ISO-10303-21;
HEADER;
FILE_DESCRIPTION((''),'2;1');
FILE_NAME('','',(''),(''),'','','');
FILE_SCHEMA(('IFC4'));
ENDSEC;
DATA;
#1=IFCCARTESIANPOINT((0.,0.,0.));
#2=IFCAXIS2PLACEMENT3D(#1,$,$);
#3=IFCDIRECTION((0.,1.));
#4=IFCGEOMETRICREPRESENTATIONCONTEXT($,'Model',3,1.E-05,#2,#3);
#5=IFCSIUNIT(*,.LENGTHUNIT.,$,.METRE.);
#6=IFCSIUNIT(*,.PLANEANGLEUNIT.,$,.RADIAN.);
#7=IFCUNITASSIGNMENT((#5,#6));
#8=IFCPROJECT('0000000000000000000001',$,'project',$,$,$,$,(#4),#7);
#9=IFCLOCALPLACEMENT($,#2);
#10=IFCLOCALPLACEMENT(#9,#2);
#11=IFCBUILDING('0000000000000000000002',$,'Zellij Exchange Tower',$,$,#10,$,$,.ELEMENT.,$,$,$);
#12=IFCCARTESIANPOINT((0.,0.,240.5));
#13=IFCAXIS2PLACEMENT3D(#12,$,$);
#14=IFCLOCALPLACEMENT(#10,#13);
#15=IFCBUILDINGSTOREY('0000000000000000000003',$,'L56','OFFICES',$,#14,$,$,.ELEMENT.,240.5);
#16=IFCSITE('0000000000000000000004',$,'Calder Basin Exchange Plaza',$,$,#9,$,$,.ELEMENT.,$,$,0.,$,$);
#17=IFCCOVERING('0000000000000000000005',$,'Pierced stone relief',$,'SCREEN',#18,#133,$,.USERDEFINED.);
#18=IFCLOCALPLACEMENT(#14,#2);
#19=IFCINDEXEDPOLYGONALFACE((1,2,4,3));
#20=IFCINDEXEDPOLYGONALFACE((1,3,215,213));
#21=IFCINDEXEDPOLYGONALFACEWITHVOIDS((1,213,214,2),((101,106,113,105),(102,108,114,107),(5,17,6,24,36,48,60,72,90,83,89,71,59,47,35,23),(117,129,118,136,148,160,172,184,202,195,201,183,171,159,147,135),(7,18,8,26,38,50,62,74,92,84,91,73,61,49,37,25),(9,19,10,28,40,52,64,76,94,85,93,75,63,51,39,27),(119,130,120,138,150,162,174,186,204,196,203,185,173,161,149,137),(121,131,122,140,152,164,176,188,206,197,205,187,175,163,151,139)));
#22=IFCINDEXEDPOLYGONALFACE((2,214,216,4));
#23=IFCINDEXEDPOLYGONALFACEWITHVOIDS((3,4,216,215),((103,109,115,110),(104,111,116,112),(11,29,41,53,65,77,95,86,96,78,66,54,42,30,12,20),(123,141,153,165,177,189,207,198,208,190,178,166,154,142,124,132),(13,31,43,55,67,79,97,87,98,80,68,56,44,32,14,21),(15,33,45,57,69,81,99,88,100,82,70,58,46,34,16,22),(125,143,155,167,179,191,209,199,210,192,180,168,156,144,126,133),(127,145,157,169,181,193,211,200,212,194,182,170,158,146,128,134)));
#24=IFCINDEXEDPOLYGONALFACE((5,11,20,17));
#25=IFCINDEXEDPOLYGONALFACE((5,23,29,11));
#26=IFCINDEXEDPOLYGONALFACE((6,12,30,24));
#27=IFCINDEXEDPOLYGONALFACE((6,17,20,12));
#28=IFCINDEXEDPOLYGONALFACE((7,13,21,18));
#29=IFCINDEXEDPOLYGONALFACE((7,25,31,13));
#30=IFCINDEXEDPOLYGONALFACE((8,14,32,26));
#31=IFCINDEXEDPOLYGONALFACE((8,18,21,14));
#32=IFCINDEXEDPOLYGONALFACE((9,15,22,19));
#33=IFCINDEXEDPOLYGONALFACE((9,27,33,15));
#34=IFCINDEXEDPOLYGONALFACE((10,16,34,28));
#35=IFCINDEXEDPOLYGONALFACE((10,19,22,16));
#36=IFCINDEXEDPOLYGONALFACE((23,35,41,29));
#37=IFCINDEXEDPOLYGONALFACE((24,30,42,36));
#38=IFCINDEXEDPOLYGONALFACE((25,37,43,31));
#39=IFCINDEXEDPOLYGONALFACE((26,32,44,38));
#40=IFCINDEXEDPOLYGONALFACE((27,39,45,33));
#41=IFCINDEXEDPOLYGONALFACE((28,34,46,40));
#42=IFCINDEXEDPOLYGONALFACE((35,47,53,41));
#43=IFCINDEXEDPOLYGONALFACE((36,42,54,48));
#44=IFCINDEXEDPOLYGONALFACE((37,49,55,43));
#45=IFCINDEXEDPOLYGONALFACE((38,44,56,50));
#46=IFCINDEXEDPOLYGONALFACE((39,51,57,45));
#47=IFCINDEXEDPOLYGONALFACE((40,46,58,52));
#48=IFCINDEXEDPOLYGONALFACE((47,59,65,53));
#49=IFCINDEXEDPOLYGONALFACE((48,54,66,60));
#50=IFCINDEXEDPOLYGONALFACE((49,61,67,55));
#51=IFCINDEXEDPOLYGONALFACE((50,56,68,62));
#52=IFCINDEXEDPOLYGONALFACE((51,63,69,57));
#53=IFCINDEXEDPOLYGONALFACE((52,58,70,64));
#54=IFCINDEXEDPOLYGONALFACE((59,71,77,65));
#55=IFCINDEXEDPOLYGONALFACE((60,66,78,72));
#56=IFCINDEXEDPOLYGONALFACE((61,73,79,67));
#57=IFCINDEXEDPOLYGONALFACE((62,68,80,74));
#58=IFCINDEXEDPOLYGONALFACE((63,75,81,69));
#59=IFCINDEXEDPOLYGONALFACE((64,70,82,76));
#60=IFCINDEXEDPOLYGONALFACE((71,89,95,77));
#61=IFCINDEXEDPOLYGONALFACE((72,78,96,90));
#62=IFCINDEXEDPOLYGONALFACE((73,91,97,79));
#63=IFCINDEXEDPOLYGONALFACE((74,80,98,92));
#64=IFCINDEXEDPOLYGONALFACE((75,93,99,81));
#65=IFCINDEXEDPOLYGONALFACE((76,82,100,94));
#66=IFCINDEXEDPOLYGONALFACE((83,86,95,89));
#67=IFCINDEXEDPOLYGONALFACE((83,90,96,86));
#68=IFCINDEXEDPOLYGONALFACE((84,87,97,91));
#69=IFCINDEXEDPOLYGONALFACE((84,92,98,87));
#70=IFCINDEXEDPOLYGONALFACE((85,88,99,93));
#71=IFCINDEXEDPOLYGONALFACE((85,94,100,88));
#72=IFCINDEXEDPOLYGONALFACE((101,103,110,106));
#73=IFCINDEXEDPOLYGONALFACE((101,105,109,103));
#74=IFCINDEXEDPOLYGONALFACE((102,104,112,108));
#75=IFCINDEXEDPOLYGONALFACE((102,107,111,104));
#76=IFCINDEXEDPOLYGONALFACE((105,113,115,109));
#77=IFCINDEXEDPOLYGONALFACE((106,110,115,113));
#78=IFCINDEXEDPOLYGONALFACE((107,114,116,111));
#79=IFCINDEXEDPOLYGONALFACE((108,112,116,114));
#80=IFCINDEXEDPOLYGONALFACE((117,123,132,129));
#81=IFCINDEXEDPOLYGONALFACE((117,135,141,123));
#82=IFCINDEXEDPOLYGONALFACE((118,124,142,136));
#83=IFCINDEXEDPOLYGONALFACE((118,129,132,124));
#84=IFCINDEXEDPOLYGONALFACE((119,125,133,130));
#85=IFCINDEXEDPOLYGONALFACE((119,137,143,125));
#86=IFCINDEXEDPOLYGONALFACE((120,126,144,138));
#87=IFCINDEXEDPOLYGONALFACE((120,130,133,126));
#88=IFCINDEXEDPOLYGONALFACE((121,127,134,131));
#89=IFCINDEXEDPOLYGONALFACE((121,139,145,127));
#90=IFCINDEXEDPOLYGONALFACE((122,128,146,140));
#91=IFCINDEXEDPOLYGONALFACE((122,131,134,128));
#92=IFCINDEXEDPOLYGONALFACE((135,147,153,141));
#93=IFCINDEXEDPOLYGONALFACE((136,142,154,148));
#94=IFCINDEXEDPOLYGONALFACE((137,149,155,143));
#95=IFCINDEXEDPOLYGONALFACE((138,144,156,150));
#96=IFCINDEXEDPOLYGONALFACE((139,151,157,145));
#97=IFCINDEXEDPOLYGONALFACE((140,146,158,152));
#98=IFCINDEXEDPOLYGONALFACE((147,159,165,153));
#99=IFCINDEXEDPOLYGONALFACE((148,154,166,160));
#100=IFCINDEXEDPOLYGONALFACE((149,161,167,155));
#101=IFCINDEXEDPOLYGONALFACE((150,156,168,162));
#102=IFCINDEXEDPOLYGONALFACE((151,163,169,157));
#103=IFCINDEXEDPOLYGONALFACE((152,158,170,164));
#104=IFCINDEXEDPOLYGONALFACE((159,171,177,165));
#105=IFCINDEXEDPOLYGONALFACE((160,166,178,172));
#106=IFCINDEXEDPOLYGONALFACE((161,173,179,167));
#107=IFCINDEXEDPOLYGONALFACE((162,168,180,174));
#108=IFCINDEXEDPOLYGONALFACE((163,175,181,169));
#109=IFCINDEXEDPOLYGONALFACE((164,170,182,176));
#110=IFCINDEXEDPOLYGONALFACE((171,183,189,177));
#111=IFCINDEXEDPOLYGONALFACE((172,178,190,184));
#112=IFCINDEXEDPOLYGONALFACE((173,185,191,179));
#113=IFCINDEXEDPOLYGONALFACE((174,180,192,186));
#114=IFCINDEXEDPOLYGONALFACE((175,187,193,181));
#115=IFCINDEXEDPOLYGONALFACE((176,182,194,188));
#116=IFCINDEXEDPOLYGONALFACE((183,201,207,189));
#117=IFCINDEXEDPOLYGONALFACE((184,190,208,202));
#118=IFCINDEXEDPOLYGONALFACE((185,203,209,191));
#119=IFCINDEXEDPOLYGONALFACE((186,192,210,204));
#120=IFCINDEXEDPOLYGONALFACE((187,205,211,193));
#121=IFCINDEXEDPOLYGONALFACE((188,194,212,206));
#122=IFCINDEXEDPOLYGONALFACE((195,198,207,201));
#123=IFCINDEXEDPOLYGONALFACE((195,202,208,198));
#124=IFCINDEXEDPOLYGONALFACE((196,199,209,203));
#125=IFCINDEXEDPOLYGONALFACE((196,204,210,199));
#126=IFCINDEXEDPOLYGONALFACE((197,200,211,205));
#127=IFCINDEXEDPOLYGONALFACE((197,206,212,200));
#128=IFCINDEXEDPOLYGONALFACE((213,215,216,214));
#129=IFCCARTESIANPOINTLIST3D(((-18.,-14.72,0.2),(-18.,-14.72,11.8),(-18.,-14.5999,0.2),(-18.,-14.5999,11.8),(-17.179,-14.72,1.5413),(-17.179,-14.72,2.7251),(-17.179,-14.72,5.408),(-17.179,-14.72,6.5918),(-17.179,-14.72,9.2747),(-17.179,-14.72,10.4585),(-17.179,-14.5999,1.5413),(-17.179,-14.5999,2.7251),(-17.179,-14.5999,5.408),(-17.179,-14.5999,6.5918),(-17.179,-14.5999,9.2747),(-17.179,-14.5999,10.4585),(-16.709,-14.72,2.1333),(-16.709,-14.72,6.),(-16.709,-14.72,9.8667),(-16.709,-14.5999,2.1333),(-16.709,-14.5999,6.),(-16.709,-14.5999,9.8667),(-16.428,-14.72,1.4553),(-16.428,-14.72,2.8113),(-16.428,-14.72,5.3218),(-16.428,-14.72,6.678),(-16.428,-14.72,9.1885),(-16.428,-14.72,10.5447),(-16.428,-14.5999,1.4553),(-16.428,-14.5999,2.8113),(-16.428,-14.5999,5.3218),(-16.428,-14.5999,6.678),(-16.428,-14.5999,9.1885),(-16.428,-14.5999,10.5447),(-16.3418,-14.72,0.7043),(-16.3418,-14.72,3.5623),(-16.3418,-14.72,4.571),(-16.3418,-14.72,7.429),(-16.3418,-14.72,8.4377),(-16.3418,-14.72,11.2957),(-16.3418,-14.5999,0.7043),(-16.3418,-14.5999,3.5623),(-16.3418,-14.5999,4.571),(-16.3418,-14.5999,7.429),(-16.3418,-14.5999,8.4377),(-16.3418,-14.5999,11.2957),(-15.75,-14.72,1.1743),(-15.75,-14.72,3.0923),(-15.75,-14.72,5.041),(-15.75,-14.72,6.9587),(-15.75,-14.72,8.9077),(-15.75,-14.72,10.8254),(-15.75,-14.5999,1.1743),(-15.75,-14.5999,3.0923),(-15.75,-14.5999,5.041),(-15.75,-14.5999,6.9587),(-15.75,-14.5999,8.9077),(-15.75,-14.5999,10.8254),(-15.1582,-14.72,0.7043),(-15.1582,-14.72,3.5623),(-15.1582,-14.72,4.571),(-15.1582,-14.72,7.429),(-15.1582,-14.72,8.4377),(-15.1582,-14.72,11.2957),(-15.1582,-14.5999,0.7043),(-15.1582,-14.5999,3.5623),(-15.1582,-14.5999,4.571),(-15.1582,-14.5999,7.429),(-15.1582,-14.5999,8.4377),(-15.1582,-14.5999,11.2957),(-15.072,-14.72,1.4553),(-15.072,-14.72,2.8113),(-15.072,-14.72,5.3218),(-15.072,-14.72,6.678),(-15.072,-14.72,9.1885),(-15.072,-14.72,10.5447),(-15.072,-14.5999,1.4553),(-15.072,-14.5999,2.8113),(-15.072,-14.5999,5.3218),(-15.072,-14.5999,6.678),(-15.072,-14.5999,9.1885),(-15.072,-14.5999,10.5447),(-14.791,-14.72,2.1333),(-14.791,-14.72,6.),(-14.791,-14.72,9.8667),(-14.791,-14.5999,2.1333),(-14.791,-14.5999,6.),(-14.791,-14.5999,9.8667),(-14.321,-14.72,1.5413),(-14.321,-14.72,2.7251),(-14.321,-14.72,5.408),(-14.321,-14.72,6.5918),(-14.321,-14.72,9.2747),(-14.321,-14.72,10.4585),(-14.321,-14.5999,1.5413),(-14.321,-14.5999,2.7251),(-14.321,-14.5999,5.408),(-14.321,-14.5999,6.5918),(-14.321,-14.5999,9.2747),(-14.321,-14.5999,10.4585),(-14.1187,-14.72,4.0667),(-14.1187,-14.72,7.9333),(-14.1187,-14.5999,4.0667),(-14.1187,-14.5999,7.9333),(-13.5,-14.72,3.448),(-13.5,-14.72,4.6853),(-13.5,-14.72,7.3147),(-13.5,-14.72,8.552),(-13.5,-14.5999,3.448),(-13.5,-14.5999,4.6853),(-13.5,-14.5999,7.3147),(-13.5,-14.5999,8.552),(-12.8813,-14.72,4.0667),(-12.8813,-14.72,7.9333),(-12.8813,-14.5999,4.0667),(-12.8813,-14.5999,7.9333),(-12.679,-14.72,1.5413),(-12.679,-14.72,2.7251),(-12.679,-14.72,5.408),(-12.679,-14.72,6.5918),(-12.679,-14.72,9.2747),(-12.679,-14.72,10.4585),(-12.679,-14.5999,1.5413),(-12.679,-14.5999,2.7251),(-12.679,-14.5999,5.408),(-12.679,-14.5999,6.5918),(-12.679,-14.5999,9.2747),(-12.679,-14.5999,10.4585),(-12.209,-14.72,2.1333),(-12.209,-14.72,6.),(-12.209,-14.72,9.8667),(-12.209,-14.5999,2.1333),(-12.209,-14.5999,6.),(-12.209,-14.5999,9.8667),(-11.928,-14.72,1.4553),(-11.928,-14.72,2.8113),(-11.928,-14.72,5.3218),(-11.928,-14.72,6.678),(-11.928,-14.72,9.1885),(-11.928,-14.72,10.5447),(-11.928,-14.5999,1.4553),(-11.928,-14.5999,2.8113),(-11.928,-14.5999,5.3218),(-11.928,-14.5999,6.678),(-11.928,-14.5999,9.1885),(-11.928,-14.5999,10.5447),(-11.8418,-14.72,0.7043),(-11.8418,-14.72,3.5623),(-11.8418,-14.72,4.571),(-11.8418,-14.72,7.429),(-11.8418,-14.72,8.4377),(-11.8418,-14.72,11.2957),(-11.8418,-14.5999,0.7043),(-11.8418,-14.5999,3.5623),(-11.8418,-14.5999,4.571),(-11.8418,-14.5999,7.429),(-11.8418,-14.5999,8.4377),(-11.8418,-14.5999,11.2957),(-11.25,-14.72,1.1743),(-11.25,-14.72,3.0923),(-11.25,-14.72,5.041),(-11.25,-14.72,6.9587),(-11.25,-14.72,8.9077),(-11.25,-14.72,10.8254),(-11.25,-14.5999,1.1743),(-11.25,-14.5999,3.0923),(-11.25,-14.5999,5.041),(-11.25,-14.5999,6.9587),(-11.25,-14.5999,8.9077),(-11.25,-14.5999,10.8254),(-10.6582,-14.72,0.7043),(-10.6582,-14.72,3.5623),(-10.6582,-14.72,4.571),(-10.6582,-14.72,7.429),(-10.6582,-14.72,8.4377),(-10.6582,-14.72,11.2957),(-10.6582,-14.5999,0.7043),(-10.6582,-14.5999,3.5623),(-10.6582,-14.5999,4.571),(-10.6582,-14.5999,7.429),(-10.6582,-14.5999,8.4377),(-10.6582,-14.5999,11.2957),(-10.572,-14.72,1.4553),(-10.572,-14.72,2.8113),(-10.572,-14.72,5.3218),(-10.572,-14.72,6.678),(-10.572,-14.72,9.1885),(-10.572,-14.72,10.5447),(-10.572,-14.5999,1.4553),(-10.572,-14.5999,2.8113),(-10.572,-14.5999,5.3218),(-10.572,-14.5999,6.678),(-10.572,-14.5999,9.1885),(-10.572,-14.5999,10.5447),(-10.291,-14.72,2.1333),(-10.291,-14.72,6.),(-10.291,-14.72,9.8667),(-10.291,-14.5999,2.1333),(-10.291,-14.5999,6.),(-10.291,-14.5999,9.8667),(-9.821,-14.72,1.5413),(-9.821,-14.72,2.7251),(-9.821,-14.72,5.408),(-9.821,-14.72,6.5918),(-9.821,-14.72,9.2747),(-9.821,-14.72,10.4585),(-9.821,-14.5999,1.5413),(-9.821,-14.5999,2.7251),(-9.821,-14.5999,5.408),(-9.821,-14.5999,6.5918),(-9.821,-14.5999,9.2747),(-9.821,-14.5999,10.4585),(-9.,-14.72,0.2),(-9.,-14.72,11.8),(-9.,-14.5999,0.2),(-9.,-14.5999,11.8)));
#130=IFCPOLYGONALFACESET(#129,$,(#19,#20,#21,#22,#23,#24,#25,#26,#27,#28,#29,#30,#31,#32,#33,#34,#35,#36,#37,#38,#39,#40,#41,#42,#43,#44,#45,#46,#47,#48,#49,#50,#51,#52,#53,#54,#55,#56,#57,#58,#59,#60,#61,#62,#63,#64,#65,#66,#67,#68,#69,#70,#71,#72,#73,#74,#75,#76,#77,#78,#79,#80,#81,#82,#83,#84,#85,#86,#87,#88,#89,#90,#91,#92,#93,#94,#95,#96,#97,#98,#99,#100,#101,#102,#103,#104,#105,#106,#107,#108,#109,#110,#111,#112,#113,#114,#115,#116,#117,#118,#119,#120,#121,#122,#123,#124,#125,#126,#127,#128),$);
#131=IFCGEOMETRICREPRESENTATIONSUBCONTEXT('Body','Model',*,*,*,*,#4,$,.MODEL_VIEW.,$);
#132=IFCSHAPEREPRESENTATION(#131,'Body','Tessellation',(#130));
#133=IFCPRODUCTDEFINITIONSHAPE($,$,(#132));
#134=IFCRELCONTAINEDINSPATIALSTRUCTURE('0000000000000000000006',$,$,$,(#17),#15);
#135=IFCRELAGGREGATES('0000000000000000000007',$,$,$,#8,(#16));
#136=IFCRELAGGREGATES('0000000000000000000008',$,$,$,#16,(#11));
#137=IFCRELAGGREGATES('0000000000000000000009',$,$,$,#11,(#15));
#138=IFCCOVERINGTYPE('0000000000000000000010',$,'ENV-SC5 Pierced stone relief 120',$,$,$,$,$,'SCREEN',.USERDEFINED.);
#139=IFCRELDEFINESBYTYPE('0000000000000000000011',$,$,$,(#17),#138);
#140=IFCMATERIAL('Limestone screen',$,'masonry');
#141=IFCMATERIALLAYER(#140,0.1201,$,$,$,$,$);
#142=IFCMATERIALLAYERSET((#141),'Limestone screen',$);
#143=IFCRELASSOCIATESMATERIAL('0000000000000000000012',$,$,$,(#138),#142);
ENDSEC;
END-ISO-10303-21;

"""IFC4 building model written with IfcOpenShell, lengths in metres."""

from ifc_helpers import new_model, si_unit, direction, frame, origin, place, context, subcontext, project, spatial, polyline, outline, extrude, material, layer, layer_set, type_object, element, save


model = new_model("IFC4")

# Units and contexts
model_context = context("Model", 3, precision=1e-05, world=origin(), true_north=direction((0.0, 1.0)))
body_context = subcontext(model_context, "Body", "Model", "MODEL_VIEW")
ifc_project = project(units=[si_unit("LENGTHUNIT", "METRE"), si_unit("PLANEANGLEUNIT", "RADIAN")], contexts=[model_context])

# Site, building, storey
site_placement = place(None, origin())
site = spatial("IfcSite", under=ifc_project, at=site_placement, Name="Calder Basin Exchange Plaza", CompositionType="ELEMENT", RefElevation=0.0)
building_placement = place(site_placement, origin())
building = spatial("IfcBuilding", under=site, at=building_placement, Name="Zellij Exchange Tower", CompositionType="ELEMENT")
storey_placement = place(building_placement, frame((0.0, 0.0, 240.5)))
storey = spatial("IfcBuildingStorey", under=building, at=storey_placement, Name="L56", Description="OFFICES", CompositionType="ELEMENT", Elevation=240.5)

# Covering
ifc_material_1 = material(Name="Limestone screen", Category="masonry")
ifc_layer_1 = layer(ifc_material_1, 0.1201)
ifc_layer_set_1 = layer_set([ifc_layer_1], Name="Limestone screen")
covering_type = type_object("IfcCoveringType", Name="ENV-SC5 Pierced stone relief 120", ElementType="SCREEN", PredefinedType="USERDEFINED", material=ifc_layer_set_1)
covering_1_placement = place(storey_placement, frame((-18.0, -14.6599, 0.2), z_axis=(0.0, 0.0, 1.0), x_axis=(1.0, 0.0, 0.0)))
element("IfcCovering", 1, at=covering_1_placement, inside=storey, type_object=covering_type, Name="Pierced stone relief", ObjectType="SCREEN", PredefinedType="USERDEFINED", context=body_context, shape_type="SweptSolid", body=[
    extrude(outline(polyline([(0.0, 0.0), (9.0, 0.0), (9.0, 11.6001), (0.0, 11.6001), (0.0, 0.0)]), holes=[polyline([(3.679, 2.5251), (2.928, 2.6113), (2.8418, 3.3623), (2.25, 2.8923), (1.6582, 3.3623), (1.572, 2.6113), (0.821, 2.5251), (1.291, 1.9333), (0.821, 1.3413), (1.572, 1.2554), (1.6582, 0.5044), (2.25, 0.9744), (2.8418, 0.5044), (2.928, 1.2554), (3.679, 1.3413), (3.209, 1.9333), (3.679, 2.5251)]), polyline([(3.679, 6.3918), (2.928, 6.478), (2.8418, 7.229), (2.25, 6.7588), (1.6582, 7.229), (1.572, 6.478), (0.821, 6.3918), (1.291, 5.8), (0.821, 5.208), (1.572, 5.1218), (1.6582, 4.3711), (2.25, 4.8411), (2.8418, 4.3711), (2.928, 5.1218), (3.679, 5.208), (3.209, 5.8), (3.679, 6.3918)]), polyline([(3.679, 10.2585), (2.928, 10.3447), (2.8418, 11.0957), (2.25, 10.6255), (1.6582, 11.0957), (1.572, 10.3447), (0.821, 10.2585), (1.291, 9.6667), (0.821, 9.0747), (1.572, 8.9885), (1.6582, 8.2378), (2.25, 8.7078), (2.8418, 8.2378), (2.928, 8.9885), (3.679, 9.0747), (3.209, 9.6667), (3.679, 10.2585)]), polyline([(8.179, 2.5251), (7.428, 2.6113), (7.3418, 3.3623), (6.75, 2.8923), (6.1582, 3.3623), (6.072, 2.6113), (5.321, 2.5251), (5.791, 1.9333), (5.321, 1.3413), (6.072, 1.2554), (6.1582, 0.5044), (6.75, 0.9744), (7.3418, 0.5044), (7.428, 1.2554), (8.179, 1.3413), (7.709, 1.9333), (8.179, 2.5251)]), polyline([(8.179, 6.3918), (7.428, 6.478), (7.3418, 7.229), (6.75, 6.7588), (6.1582, 7.229), (6.072, 6.478), (5.321, 6.3918), (5.791, 5.8), (5.321, 5.208), (6.072, 5.1218), (6.1582, 4.3711), (6.75, 4.8411), (7.3418, 4.3711), (7.428, 5.1218), (8.179, 5.208), (7.709, 5.8), (8.179, 6.3918)]), polyline([(8.179, 10.2585), (7.428, 10.3447), (7.3418, 11.0957), (6.75, 10.6255), (6.1582, 11.0957), (6.072, 10.3447), (5.321, 10.2585), (5.791, 9.6667), (5.321, 9.0747), (6.072, 8.9885), (6.1582, 8.2378), (6.75, 8.7078), (7.3418, 8.2378), (7.428, 8.9885), (8.179, 9.0747), (7.709, 9.6667), (8.179, 10.2585)]), polyline([(5.1187, 3.8667), (4.5, 4.4854), (3.8813, 3.8667), (4.5, 3.248), (5.1187, 3.8667)]), polyline([(5.1187, 7.7334), (4.5, 8.3521), (3.8813, 7.7334), (4.5, 7.1147), (5.1187, 7.7334)])]), frame((0.0, 0.0601, 0.0), z_axis=(0.0, -1.0, 0.0), x_axis=(1.0, 0.0, 0.0)), (0.0, 0.0, 1.0), 0.1201),
])

save(model, "model.ifc")
